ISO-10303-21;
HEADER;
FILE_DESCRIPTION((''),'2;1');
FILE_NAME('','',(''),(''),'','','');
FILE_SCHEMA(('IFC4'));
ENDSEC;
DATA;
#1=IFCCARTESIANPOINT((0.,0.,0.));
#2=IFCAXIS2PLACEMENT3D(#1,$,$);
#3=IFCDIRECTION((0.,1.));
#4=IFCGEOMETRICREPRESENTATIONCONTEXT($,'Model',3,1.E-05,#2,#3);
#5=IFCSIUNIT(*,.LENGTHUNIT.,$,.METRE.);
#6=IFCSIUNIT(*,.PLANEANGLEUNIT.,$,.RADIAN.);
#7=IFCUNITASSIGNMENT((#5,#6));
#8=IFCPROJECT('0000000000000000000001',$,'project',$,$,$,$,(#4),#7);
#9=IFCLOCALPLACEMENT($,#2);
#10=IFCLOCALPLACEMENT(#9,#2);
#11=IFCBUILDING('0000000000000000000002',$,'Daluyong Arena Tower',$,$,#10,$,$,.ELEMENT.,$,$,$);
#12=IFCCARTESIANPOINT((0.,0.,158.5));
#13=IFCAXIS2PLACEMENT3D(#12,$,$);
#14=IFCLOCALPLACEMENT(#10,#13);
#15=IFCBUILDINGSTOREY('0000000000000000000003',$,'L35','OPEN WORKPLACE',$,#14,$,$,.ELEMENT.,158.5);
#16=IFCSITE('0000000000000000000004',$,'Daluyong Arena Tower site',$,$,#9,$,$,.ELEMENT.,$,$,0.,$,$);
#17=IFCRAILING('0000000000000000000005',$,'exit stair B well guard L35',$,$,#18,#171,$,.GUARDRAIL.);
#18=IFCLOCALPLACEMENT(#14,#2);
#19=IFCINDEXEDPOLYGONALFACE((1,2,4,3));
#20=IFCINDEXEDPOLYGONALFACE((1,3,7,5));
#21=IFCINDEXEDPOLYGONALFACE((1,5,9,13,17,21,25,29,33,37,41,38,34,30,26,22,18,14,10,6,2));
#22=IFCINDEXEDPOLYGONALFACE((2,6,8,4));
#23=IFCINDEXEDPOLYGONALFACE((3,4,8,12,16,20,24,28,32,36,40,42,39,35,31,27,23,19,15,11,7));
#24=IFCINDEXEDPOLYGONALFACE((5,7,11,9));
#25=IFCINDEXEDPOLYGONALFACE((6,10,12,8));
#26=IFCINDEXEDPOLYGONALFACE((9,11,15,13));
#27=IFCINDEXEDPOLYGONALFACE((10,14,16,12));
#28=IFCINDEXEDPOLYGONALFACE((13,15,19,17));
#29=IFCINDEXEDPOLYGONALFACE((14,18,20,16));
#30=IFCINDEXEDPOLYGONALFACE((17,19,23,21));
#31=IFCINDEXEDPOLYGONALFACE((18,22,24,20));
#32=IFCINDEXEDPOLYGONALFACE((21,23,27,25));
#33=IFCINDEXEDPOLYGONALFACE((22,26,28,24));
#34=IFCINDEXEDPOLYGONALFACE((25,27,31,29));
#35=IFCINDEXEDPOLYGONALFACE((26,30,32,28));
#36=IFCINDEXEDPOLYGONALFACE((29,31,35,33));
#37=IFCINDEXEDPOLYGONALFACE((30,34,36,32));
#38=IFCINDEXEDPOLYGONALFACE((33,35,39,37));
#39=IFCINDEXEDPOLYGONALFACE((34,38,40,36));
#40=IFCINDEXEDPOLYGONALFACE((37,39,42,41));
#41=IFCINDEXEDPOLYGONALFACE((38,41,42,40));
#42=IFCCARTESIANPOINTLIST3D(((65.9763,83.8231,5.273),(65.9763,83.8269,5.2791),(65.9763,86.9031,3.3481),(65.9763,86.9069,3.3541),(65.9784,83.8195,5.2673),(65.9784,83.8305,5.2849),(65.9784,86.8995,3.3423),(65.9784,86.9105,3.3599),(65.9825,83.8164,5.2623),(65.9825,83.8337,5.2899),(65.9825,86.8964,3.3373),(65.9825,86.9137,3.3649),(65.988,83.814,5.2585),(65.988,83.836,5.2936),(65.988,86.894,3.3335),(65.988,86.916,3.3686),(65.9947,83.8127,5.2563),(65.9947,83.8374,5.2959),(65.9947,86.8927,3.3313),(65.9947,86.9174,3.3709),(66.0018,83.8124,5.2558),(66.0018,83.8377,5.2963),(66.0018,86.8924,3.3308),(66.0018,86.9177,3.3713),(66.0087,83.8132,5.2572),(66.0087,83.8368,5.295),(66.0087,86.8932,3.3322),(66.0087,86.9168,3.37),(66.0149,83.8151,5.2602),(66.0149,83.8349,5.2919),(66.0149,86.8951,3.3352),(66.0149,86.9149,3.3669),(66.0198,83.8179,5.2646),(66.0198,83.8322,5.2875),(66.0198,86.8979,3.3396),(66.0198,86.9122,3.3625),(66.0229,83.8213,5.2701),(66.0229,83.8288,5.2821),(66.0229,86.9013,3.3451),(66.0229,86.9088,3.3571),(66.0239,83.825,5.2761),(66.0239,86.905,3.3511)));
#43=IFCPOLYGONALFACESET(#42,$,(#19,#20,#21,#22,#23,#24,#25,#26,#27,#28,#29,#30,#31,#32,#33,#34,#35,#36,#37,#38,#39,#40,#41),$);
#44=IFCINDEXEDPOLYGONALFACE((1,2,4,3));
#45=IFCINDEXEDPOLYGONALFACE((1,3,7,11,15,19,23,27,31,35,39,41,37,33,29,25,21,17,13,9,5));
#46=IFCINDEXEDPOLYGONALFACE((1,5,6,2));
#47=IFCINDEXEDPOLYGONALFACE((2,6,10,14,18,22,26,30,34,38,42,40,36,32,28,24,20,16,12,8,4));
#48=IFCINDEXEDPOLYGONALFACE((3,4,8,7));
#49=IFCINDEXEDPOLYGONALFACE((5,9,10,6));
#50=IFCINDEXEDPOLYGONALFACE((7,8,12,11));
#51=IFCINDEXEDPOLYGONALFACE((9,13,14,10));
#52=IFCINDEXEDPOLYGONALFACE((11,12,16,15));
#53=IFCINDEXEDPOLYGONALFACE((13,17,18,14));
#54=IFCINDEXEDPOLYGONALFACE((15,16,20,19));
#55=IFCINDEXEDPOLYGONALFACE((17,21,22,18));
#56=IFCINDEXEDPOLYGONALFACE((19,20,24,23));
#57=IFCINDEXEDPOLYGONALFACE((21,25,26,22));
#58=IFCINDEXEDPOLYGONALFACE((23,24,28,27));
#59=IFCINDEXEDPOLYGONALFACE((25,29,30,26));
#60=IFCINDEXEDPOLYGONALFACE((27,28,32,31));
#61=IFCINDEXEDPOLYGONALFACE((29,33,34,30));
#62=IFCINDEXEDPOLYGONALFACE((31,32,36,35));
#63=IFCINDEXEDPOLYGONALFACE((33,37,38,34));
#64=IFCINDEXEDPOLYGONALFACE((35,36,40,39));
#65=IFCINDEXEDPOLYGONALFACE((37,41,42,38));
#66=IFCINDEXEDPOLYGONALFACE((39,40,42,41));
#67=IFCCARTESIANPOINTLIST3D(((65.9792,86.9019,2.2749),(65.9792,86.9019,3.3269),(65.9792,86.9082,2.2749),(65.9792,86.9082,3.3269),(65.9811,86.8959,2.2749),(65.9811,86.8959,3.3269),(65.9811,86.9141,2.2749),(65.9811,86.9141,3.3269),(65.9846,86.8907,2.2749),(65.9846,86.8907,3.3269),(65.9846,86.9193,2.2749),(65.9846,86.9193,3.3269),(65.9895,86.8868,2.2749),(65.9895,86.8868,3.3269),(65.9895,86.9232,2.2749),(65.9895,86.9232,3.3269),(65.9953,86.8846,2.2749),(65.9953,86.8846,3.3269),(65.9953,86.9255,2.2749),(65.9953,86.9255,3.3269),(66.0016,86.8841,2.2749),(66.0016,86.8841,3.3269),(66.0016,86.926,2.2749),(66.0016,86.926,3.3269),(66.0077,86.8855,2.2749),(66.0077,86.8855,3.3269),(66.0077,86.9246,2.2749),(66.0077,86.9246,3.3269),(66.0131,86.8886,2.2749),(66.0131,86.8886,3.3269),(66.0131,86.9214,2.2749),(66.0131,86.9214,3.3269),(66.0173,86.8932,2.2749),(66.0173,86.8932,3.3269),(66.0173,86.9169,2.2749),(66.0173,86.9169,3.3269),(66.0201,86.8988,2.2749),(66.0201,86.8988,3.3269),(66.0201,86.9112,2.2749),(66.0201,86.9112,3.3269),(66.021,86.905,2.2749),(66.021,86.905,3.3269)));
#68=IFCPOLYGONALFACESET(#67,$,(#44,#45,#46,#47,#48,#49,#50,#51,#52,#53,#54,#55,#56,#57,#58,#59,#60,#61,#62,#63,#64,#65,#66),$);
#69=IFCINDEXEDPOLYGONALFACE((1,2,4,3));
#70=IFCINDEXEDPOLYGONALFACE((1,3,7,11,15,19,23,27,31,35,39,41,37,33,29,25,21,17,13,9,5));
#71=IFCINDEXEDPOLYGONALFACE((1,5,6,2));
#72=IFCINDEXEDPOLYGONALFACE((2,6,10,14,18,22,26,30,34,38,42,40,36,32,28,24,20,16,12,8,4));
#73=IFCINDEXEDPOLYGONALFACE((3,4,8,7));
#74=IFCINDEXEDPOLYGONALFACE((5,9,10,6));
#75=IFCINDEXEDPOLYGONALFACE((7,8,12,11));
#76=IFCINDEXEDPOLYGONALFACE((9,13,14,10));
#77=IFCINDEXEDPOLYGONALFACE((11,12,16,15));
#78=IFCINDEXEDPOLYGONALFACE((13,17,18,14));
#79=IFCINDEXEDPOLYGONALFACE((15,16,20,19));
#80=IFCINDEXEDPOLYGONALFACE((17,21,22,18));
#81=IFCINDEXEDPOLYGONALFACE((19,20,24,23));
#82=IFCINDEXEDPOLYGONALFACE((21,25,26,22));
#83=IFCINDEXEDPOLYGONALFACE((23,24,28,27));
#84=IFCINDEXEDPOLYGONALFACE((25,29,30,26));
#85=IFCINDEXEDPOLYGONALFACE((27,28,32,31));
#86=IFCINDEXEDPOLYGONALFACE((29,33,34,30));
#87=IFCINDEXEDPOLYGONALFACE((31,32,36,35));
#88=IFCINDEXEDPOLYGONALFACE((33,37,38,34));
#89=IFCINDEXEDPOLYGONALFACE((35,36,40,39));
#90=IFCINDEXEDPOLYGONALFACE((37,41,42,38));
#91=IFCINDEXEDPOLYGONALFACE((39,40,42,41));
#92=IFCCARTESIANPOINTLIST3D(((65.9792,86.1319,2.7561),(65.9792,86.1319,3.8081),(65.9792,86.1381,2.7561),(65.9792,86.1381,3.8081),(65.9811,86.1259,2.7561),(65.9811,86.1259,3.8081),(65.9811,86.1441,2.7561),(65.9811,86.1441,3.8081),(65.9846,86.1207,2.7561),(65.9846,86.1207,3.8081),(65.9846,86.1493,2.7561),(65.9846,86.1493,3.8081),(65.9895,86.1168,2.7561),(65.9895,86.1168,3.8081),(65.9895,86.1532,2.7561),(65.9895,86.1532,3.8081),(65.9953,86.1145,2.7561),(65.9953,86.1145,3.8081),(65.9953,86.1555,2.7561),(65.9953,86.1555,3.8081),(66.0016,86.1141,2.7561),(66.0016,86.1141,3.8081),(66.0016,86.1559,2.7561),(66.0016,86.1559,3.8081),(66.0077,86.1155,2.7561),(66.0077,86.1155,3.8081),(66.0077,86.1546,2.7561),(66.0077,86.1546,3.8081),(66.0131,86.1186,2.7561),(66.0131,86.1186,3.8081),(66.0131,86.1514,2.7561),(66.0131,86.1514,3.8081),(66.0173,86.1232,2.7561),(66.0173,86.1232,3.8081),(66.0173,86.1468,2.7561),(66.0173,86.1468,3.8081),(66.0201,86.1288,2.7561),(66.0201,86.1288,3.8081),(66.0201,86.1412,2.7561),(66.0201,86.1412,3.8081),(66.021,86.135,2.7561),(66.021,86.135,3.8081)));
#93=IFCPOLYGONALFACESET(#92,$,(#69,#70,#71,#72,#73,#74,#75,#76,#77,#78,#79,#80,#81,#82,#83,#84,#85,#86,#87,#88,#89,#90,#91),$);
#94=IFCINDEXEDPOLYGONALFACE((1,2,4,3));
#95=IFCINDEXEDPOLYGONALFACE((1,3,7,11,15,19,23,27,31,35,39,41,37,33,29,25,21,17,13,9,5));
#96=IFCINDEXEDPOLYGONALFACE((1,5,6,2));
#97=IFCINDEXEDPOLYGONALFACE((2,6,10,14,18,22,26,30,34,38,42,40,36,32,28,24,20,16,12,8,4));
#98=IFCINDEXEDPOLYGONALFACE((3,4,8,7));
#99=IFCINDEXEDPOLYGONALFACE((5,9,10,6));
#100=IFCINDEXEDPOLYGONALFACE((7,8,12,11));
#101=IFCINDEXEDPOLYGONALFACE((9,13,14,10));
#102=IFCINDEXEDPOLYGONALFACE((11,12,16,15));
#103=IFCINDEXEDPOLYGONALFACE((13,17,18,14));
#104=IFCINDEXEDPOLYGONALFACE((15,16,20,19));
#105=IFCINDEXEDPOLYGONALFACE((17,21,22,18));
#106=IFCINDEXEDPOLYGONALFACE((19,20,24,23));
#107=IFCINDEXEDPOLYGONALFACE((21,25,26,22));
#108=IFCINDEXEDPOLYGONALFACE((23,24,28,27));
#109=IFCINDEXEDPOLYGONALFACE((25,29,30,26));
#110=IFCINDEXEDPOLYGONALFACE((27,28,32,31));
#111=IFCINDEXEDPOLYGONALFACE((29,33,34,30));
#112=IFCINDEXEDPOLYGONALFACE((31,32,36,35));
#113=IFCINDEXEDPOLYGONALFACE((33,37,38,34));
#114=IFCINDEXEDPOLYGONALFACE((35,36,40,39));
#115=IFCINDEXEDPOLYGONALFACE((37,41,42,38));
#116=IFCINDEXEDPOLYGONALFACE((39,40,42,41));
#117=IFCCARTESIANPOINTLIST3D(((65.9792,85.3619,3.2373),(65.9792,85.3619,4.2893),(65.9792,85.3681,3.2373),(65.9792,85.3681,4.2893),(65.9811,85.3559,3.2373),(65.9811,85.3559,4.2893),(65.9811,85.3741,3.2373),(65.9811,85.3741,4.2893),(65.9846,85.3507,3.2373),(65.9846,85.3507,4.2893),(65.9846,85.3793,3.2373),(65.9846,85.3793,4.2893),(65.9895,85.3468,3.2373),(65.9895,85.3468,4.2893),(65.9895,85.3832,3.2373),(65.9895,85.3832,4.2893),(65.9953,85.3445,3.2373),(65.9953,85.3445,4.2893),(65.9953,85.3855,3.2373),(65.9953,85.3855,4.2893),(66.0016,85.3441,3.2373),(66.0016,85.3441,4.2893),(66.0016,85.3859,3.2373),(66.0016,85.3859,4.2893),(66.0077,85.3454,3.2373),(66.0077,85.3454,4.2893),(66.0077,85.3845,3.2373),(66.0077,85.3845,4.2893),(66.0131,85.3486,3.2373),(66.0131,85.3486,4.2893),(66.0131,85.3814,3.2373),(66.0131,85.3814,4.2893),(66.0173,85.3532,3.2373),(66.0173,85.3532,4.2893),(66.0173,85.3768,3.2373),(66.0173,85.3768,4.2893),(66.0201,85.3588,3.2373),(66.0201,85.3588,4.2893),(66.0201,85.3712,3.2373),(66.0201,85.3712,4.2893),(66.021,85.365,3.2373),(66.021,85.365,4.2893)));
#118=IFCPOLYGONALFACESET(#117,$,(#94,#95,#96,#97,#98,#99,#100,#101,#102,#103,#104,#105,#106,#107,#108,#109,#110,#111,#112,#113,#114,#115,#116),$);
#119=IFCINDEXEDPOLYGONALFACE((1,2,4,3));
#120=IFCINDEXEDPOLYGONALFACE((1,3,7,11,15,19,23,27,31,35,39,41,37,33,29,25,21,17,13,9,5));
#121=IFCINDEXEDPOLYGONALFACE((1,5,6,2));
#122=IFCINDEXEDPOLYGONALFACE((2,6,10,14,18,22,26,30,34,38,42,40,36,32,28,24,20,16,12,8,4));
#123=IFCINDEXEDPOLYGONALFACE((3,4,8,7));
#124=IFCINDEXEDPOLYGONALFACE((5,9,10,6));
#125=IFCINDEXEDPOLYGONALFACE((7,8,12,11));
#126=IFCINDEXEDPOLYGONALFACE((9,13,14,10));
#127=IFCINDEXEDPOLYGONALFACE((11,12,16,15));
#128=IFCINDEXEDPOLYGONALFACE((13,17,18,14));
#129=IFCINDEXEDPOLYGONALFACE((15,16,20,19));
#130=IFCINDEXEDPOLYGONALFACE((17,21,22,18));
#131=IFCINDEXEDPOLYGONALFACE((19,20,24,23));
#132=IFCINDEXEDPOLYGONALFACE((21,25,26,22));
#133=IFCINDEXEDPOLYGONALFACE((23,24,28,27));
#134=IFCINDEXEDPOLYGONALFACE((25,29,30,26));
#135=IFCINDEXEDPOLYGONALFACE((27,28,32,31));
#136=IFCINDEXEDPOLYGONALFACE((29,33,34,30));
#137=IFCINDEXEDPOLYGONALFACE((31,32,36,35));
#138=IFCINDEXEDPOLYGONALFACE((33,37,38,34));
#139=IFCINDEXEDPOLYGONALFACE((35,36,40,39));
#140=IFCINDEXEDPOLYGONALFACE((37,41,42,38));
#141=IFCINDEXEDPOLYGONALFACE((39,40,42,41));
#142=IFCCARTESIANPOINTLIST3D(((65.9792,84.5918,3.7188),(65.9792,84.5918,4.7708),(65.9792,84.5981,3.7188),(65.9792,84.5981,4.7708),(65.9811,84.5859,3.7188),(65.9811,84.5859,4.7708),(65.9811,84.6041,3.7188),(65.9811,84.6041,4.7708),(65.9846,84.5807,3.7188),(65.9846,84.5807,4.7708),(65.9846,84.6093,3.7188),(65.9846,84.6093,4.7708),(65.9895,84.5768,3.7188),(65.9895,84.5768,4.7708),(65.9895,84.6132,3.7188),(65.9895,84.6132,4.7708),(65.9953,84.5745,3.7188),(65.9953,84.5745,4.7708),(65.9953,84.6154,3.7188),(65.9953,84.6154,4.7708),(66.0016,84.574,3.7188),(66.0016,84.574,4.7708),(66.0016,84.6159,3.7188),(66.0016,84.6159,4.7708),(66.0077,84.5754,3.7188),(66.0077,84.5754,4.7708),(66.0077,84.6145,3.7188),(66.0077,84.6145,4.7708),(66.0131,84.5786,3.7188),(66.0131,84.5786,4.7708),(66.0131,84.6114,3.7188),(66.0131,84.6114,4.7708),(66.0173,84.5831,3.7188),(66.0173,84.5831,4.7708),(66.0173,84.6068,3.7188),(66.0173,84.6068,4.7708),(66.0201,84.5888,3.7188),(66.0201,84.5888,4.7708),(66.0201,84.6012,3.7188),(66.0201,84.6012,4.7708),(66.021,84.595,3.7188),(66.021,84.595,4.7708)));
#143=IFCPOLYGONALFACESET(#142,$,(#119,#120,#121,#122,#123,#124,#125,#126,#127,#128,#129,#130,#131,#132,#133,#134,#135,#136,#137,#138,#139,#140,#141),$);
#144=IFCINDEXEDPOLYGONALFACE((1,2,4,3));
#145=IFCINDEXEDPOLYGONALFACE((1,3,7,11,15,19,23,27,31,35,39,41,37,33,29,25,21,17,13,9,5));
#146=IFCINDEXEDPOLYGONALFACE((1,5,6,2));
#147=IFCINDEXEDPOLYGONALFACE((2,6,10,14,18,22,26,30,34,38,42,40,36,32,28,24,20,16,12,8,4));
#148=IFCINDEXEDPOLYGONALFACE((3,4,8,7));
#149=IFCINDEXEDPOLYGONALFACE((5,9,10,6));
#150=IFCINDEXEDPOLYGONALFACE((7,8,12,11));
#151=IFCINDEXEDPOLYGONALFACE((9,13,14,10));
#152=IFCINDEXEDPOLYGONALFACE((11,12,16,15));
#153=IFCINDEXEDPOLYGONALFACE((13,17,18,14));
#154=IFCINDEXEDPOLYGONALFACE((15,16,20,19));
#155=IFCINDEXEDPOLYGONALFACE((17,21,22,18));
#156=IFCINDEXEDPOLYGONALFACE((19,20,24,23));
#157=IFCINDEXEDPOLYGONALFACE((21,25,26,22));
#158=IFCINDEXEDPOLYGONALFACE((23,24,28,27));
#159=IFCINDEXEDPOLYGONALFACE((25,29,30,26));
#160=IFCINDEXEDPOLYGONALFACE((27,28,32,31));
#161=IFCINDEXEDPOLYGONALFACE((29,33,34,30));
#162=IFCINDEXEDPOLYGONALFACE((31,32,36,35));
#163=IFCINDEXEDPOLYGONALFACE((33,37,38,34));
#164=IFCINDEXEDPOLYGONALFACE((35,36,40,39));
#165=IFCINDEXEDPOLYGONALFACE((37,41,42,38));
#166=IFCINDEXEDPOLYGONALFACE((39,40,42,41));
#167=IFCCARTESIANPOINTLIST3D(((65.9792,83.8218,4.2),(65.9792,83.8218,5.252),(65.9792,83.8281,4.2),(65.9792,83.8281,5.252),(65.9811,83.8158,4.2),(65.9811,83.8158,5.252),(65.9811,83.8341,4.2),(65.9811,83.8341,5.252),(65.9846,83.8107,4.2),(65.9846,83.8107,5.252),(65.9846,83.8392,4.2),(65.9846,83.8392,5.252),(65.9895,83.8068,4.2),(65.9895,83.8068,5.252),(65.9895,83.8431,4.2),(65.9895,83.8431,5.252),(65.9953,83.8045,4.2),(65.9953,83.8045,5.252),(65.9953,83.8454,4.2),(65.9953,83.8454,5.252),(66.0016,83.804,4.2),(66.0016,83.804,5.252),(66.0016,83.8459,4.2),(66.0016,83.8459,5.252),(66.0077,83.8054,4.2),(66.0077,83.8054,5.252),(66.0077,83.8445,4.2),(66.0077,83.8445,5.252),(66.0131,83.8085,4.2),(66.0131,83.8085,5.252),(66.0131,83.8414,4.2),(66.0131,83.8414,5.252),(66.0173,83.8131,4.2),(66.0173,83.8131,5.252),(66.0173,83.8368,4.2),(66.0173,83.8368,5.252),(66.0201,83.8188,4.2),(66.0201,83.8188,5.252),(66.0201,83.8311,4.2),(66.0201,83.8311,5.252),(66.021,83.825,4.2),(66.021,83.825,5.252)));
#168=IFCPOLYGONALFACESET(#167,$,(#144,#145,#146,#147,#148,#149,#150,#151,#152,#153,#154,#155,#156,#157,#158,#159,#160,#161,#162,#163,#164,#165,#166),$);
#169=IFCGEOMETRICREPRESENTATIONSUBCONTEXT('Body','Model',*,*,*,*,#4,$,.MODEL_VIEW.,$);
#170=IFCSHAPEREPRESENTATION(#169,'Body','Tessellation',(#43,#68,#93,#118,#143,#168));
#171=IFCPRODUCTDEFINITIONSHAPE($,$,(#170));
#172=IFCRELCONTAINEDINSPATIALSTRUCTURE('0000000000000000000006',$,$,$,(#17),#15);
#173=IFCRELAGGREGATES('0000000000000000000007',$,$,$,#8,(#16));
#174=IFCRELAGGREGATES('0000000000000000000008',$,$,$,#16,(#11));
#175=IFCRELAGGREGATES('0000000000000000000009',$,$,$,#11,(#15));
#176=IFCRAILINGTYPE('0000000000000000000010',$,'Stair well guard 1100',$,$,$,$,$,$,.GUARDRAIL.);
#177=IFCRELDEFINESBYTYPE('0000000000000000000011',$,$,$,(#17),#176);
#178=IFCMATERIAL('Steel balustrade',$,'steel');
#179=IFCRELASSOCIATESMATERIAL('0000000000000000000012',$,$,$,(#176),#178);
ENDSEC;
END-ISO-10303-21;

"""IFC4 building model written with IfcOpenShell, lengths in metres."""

from ifc_helpers import new_model, si_unit, direction, frame, origin, origin_2d, place, context, subcontext, project, spatial, circle, extrude, material, type_object, element, save


model = new_model("IFC4")

# Units and contexts
model_context = context("Model", 3, precision=1e-05, world=origin(), true_north=direction((0.0, 1.0)))
body_context = subcontext(model_context, "Body", "Model", "MODEL_VIEW")
ifc_project = project(units=[si_unit("LENGTHUNIT", "METRE"), si_unit("PLANEANGLEUNIT", "RADIAN")], contexts=[model_context])

# Site, building, storey
site_placement = place(None, origin())
site = spatial("IfcSite", under=ifc_project, at=site_placement, Name="Daluyong Arena Tower site", CompositionType="ELEMENT", RefElevation=0.0)
building_placement = place(site_placement, origin())
building = spatial("IfcBuilding", under=site, at=building_placement, Name="Daluyong Arena Tower", CompositionType="ELEMENT")
storey_placement = place(building_placement, frame((0.0, 0.0, 158.5)))
storey = spatial("IfcBuildingStorey", under=building, at=storey_placement, Name="L35", Description="OPEN WORKPLACE", CompositionType="ELEMENT", Elevation=158.5)

# Railing
ifc_material_1 = material(Name="Steel balustrade", Category="steel")
railing_type_1 = type_object("IfcRailingType", Name="Stair well guard 1100", PredefinedType="GUARDRAIL", material=ifc_material_1)
railing_1_placement = place(storey_placement, frame((66.0, 86.905, 2.2749)))
element("IfcRailing", 1, at=railing_1_placement, inside=storey, type_object=railing_type_1, Name="exit stair B well guard L35", PredefinedType="GUARDRAIL", context=body_context, shape_type="SweptSolid", body=[
    extrude(circle(Radius=0.0239, at=origin_2d()), frame((0.0, 0.0, 1.0762), z_axis=(0.0, -0.847998, 0.529999), x_axis=(1.0, 0.0, 0.0)), (0.0, 0.0, 1.0), 3.6321),
    extrude(circle(Radius=0.021, at=origin_2d()), origin(), (0.0, 0.0, 1.0), 1.052),
    extrude(circle(Radius=0.021, at=origin_2d()), frame((0.0, -0.77, 0.4812)), (0.0, 0.0, 1.0), 1.052),
    extrude(circle(Radius=0.021, at=origin_2d()), frame((0.0, -1.54, 0.9624)), (0.0, 0.0, 1.0), 1.052),
    extrude(circle(Radius=0.021, at=origin_2d()), frame((0.0, -2.3101, 1.4438)), (0.0, 0.0, 1.0), 1.052),
    extrude(circle(Radius=0.021, at=origin_2d()), frame((0.0, -3.0801, 1.925)), (0.0, 0.0, 1.0), 1.052),
])

save(model, "model.ifc")
